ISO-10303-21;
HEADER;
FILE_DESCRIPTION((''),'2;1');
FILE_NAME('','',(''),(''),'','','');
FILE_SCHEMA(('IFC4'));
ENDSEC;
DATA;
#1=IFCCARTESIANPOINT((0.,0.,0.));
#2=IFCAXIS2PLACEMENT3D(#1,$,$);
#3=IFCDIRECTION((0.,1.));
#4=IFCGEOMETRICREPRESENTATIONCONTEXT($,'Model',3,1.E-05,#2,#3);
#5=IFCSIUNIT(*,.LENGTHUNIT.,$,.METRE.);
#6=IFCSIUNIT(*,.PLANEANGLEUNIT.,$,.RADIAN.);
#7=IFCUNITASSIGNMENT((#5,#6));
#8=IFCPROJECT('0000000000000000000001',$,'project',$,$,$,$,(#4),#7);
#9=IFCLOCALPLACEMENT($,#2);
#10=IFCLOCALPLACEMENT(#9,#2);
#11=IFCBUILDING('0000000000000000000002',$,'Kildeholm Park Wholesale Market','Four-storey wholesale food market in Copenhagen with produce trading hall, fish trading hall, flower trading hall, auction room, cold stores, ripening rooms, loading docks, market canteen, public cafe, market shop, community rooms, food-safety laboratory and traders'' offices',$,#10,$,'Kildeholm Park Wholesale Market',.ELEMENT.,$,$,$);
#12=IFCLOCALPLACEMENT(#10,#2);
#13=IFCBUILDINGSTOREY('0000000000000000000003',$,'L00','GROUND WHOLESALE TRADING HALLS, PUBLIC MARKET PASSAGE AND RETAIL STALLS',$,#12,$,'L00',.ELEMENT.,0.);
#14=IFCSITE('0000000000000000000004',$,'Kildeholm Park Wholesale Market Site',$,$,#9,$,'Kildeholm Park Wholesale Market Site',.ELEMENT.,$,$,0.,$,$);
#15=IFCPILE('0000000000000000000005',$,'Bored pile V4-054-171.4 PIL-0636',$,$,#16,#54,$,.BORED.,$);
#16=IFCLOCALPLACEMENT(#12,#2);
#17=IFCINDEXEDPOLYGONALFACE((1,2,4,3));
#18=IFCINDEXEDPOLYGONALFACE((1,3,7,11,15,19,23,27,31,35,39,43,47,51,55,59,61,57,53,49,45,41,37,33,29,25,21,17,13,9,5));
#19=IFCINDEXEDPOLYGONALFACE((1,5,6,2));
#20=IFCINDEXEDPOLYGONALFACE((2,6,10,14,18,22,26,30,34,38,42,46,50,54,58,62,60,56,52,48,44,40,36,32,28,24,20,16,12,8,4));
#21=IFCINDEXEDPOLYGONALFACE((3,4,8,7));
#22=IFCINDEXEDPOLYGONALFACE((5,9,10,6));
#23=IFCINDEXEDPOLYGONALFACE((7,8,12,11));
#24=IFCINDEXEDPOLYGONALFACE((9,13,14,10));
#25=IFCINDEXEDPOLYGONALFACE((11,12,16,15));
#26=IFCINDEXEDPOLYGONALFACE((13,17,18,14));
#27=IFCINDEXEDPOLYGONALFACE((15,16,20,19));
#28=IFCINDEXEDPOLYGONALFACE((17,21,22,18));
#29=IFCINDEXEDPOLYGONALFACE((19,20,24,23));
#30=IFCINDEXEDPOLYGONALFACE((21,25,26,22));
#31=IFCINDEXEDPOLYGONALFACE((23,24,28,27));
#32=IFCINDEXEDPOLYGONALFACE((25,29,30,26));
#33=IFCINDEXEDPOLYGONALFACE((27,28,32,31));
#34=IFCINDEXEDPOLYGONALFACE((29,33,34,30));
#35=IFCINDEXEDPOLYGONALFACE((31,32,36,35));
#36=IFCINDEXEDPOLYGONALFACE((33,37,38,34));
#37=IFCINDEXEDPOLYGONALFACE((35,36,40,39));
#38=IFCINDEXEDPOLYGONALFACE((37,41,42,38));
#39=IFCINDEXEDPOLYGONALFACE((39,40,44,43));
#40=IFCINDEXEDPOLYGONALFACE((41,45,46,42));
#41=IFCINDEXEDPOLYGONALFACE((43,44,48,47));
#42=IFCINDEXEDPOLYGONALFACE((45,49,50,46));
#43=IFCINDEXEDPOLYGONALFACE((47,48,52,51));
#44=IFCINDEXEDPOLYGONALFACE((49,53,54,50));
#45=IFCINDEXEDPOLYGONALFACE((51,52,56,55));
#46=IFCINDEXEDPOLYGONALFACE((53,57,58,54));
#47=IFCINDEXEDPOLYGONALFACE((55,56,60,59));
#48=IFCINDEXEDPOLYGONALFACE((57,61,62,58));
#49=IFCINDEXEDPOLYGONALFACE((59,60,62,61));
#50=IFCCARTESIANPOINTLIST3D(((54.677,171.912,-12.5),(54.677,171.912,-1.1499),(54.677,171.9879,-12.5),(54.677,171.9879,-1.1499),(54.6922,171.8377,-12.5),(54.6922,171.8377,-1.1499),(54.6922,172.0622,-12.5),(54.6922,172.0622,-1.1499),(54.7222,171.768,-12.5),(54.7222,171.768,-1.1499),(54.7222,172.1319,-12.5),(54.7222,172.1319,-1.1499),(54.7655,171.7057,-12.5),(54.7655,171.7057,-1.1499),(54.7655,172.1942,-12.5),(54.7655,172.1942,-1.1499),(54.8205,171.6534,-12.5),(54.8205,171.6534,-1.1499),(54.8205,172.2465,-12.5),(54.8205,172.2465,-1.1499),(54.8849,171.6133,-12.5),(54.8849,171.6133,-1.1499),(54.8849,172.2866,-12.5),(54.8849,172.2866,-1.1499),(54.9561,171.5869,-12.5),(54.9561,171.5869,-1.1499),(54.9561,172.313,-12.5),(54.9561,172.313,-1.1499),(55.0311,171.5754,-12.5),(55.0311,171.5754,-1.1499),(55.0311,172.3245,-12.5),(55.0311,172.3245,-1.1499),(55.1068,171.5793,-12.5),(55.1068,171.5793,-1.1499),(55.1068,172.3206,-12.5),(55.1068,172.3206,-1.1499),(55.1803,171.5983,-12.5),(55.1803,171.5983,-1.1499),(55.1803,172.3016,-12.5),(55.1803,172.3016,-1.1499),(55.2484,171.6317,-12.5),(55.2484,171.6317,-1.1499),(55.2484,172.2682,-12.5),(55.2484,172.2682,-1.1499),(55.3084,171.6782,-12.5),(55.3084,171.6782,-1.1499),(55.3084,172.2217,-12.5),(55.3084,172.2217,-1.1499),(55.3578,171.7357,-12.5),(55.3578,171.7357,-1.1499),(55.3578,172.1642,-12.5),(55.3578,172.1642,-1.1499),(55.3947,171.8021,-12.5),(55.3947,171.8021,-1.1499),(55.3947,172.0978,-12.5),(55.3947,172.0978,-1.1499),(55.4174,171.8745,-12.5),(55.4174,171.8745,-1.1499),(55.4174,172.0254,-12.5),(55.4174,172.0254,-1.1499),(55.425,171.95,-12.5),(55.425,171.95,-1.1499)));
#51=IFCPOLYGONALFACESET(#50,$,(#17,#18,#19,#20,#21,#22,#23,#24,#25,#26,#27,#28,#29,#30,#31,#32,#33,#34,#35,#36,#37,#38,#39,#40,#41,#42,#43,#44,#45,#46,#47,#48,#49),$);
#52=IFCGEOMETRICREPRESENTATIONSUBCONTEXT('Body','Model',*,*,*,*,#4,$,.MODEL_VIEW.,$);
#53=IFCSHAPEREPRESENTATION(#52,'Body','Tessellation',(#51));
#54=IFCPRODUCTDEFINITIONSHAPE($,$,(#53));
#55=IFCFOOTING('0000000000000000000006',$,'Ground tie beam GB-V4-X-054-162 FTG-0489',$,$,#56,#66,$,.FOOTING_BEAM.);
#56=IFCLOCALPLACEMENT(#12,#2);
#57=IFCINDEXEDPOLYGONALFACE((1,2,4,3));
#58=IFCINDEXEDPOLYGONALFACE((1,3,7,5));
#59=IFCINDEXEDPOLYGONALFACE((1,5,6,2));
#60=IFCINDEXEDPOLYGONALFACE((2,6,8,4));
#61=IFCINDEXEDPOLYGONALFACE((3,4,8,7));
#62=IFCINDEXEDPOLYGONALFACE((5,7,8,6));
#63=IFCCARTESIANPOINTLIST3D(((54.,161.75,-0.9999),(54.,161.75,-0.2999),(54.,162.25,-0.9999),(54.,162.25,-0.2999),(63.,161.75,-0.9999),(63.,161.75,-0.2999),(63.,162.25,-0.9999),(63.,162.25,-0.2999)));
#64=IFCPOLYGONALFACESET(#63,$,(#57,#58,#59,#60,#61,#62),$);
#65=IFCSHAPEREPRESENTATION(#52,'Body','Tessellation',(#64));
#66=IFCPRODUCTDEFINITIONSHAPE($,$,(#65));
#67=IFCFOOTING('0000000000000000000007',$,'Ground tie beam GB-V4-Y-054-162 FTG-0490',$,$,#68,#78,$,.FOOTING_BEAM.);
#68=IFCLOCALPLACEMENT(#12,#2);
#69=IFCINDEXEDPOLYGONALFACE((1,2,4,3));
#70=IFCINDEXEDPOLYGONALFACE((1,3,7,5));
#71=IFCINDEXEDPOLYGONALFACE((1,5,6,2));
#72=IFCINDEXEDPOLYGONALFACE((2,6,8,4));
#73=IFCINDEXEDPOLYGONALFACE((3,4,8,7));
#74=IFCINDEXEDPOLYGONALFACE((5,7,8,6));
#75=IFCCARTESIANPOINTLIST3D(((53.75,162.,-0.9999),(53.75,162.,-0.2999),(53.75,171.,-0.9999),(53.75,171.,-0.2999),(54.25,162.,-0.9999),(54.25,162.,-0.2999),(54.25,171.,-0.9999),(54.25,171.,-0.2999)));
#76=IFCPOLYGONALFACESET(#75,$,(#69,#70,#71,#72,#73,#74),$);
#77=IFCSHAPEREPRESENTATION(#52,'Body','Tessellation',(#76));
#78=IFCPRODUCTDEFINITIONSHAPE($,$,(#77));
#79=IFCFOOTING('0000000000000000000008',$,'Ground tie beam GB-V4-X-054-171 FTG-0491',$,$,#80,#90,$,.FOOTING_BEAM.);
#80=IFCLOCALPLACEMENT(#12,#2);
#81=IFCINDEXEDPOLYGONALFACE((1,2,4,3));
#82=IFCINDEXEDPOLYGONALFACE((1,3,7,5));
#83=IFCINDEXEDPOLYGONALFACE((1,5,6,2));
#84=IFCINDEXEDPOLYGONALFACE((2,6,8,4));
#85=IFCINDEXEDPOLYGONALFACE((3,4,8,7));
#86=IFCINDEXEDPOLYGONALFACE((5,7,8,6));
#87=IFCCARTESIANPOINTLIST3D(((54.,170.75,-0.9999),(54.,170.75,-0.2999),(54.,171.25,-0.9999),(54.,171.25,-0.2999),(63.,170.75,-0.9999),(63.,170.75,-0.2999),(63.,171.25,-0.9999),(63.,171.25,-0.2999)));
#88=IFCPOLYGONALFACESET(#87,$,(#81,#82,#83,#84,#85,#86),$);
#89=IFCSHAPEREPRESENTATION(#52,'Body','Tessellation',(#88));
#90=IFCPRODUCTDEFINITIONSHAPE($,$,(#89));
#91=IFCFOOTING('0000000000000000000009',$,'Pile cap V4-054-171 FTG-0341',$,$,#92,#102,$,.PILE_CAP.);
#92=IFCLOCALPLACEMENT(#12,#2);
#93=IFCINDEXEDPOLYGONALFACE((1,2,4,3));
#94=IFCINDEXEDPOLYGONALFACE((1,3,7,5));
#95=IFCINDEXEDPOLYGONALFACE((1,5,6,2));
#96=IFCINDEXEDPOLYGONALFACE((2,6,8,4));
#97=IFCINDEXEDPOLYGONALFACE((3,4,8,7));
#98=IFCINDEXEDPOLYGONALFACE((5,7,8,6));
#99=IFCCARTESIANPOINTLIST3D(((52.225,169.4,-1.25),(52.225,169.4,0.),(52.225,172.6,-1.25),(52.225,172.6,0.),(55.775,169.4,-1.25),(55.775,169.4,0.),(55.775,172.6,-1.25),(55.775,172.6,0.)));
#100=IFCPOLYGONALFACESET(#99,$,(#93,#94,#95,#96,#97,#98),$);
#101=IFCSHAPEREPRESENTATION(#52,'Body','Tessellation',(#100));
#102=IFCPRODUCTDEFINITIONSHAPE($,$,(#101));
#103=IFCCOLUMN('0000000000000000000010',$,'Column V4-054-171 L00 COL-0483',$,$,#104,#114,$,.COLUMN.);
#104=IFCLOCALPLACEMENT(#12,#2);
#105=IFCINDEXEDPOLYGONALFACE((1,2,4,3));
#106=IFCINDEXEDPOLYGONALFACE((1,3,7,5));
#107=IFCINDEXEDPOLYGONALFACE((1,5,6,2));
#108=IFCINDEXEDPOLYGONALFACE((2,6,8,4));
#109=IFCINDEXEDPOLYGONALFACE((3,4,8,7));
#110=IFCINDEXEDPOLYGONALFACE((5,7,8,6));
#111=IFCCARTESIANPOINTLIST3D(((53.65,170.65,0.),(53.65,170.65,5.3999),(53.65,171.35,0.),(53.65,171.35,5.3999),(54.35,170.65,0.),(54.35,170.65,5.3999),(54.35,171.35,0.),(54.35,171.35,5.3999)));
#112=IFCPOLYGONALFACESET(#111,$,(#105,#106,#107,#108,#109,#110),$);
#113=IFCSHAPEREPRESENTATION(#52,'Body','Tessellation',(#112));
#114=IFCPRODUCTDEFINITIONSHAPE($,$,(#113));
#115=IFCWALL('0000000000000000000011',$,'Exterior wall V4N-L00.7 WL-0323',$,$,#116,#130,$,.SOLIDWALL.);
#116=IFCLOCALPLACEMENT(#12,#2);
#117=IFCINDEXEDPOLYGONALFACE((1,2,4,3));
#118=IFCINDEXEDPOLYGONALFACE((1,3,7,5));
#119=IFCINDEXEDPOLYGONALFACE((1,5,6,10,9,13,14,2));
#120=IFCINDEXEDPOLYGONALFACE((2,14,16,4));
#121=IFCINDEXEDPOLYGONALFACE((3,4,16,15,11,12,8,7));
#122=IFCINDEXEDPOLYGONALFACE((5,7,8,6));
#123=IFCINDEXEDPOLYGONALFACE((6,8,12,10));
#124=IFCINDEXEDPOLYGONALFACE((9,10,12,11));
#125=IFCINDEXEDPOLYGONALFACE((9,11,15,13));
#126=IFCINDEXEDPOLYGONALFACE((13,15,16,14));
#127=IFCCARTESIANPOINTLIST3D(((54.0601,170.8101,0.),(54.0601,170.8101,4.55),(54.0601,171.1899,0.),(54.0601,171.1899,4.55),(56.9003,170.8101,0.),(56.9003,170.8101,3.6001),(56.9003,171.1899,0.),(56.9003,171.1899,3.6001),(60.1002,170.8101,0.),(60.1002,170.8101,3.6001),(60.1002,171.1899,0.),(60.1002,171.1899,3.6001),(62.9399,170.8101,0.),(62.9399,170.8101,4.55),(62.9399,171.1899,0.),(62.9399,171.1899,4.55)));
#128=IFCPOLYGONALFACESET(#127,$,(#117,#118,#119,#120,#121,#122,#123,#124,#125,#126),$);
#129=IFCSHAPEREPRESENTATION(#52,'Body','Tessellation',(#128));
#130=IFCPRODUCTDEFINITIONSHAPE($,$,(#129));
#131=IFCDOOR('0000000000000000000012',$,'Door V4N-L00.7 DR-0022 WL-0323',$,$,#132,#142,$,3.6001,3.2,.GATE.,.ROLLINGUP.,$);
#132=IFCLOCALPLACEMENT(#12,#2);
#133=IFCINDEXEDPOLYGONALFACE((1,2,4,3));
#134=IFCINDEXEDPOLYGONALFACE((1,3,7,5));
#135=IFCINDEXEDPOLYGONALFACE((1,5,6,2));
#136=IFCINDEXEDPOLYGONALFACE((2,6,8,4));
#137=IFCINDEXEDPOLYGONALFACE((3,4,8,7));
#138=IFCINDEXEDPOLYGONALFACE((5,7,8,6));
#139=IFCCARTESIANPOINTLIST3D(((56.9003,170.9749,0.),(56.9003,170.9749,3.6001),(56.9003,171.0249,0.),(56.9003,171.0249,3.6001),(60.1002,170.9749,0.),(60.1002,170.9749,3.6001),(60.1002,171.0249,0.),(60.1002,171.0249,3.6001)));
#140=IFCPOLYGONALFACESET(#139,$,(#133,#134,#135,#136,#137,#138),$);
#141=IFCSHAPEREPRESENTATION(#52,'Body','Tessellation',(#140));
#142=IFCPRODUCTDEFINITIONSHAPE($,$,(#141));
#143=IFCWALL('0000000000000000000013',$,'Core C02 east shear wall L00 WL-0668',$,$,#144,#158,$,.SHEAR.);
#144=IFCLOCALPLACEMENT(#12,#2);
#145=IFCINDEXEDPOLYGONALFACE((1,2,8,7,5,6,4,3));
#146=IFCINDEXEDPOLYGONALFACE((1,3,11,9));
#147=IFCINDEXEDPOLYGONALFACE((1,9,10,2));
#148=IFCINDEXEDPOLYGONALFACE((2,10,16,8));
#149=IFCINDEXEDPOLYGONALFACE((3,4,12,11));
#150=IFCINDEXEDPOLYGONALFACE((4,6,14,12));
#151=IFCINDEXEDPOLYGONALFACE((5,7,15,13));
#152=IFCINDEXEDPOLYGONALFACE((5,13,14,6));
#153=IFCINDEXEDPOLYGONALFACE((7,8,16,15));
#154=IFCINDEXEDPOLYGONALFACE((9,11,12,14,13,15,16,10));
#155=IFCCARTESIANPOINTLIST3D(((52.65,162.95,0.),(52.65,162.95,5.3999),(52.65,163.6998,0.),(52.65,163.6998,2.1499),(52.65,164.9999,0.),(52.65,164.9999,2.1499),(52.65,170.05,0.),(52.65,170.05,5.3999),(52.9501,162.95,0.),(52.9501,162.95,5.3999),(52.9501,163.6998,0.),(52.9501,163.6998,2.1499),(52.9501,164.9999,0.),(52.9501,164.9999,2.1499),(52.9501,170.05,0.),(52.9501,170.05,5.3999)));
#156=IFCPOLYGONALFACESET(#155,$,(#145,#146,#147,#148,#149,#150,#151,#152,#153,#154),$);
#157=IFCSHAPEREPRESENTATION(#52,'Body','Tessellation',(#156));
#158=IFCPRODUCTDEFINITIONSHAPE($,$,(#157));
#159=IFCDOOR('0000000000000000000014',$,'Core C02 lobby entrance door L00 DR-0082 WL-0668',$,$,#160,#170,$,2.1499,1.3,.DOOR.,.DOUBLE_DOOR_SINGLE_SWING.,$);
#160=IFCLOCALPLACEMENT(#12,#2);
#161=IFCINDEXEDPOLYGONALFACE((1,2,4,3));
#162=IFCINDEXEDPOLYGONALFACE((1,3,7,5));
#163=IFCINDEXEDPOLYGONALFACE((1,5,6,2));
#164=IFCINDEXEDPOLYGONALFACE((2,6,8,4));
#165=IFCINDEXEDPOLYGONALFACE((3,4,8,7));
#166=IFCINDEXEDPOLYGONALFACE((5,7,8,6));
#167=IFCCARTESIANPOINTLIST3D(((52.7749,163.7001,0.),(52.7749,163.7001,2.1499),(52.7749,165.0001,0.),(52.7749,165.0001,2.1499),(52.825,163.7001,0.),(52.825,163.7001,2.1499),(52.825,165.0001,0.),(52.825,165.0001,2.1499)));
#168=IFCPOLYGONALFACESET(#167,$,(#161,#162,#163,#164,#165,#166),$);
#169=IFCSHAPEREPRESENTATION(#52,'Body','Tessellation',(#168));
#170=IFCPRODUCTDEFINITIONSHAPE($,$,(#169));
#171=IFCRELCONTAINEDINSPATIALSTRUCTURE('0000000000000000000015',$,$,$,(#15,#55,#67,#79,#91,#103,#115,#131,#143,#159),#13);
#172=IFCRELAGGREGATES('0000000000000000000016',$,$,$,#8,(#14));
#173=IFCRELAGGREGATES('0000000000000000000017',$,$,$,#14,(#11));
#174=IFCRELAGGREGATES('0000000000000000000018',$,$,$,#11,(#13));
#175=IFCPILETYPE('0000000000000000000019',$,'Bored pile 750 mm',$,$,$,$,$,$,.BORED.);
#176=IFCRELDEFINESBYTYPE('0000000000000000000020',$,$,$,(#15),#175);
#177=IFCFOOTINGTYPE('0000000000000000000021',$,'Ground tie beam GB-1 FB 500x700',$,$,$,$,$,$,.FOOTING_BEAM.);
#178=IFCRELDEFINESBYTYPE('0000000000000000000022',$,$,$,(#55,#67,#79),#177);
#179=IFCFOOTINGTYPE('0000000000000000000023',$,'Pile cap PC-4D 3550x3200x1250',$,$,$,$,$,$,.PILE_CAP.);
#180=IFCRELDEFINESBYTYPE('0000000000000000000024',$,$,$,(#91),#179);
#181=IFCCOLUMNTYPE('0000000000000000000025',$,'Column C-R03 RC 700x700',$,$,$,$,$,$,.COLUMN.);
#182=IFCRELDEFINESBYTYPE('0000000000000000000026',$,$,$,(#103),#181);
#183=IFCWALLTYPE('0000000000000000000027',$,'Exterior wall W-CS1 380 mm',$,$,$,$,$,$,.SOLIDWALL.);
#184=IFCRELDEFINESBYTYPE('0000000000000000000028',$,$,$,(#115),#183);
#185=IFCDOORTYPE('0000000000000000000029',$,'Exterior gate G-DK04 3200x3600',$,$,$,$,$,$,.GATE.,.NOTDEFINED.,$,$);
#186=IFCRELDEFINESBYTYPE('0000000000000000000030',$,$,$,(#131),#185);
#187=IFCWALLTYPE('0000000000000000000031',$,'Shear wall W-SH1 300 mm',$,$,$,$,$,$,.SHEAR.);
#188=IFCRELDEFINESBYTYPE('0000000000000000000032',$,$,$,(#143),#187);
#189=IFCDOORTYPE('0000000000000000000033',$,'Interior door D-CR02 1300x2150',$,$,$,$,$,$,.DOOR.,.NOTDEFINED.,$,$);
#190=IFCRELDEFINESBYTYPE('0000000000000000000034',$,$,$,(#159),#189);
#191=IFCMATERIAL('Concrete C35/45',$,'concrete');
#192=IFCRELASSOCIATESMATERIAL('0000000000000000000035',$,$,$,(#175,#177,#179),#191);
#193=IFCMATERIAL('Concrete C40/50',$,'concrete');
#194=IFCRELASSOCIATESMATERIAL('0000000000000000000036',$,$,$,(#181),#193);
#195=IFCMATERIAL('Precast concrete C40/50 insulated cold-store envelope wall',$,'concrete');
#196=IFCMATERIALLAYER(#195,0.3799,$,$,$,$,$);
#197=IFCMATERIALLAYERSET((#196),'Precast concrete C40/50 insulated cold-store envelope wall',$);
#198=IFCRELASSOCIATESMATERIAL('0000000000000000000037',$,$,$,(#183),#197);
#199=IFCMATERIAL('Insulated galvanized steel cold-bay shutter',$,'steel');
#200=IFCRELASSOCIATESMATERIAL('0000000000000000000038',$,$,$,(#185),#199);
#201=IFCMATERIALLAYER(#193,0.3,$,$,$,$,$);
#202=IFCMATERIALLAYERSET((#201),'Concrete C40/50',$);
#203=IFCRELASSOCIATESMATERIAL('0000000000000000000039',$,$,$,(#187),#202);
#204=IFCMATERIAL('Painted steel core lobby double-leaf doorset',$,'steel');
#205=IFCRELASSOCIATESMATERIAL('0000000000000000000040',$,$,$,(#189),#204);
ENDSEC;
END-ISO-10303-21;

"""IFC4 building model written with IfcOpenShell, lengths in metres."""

from ifc_helpers import new_model, si_unit, direction, frame, frame_2d, origin, origin_2d, place, context, subcontext, project, spatial, rectangle, circle, extrude, material, layer, layer_set, material_profile, profile_set, type_object, element, fill, save


model = new_model("IFC4")

# Units and contexts
model_context = context("Model", 3, precision=1e-05, world=origin(), true_north=direction((0.0, 1.0)))
body_context = subcontext(model_context, "Body", "Model", "MODEL_VIEW")
ifc_project = project(units=[si_unit("LENGTHUNIT", "METRE"), si_unit("PLANEANGLEUNIT", "RADIAN")], contexts=[model_context])

# Site, building, storey
site_placement = place(None, origin())
site = spatial("IfcSite", under=ifc_project, at=site_placement, Name="Kildeholm Park Wholesale Market Site", LongName="Kildeholm Park Wholesale Market Site", CompositionType="ELEMENT", RefElevation=0.0)
building_placement = place(site_placement, origin())
building = spatial("IfcBuilding", under=site, at=building_placement, Name="Kildeholm Park Wholesale Market", Description="Four-storey wholesale food market in Copenhagen with produce trading hall, fish trading hall, flower trading hall, auction room, cold stores, ripening rooms, loading docks, market canteen, public cafe, market shop, community rooms, food-safety laboratory and traders' offices", LongName="Kildeholm Park Wholesale Market", CompositionType="ELEMENT")
storey_placement = place(building_placement, origin())
storey = spatial("IfcBuildingStorey", under=building, at=storey_placement, Name="L00", Description="GROUND WHOLESALE TRADING HALLS, PUBLIC MARKET PASSAGE AND RETAIL STALLS", LongName="L00", CompositionType="ELEMENT", Elevation=0.0)

# Pile
ifc_material_1 = material(Name="Concrete C35/45", Category="concrete")
ifc_material_profile_1 = material_profile(ifc_material_1, circle(Radius=0.375, at=origin_2d()), Name="PILE D750")
ifc_profile_set_1 = profile_set([ifc_material_profile_1], Name="Concrete C35/45")
pile_type = type_object("IfcPileType", Name="Bored pile 750 mm", PredefinedType="BORED", material=ifc_profile_set_1)
for number, where, z_axis, x_axis, name in (
    (1, (55.05, 171.95, -1.1499), (0.0, 0.0, -1.0), (1.0, 0.0, 0.0), "Bored pile V4-054-171.4 PIL-0636"),
):
    element("IfcPile", number, at=place(storey_placement, frame(where, z_axis=z_axis, x_axis=x_axis)), inside=storey, type_object=pile_type, Name=name, PredefinedType="BORED", context=body_context, shape_type="SweptSolid", body=[
        extrude(circle(Radius=0.375, at=origin_2d()), origin(), (0.0, 0.0, 1.0), 11.3501),
    ])

# Footings
ifc_material_profile_2 = material_profile(ifc_material_1, rectangle(XDim=0.5, YDim=0.7, at=origin_2d()), Name="FB 500x700")
ifc_profile_set_2 = profile_set([ifc_material_profile_2], Name="Concrete C35/45")
footing_type_1 = type_object("IfcFootingType", Name="Ground tie beam GB-1 FB 500x700", PredefinedType="FOOTING_BEAM", material=ifc_profile_set_2)
for number, where, z_axis, x_axis, name in (
    (2, (54.0, 162.0, -0.6499), (1.0, 0.0, 0.0), (0.0, 1.0, 0.0), "Ground tie beam GB-V4-X-054-162 FTG-0489"),
    (3, (54.0, 162.0, -0.6499), (0.0, 1.0, 0.0), (-1.0, 0.0, 0.0), "Ground tie beam GB-V4-Y-054-162 FTG-0490"),
    (4, (54.0, 171.0, -0.6499), (1.0, 0.0, 0.0), (0.0, 1.0, 0.0), "Ground tie beam GB-V4-X-054-171 FTG-0491"),
):
    element("IfcFooting", number, at=place(storey_placement, frame(where, z_axis=z_axis, x_axis=x_axis)), inside=storey, type_object=footing_type_1, Name=name, PredefinedType="FOOTING_BEAM", context=body_context, shape_type="SweptSolid", body=[
        extrude(rectangle(XDim=0.5, YDim=0.7, at=origin_2d()), origin(), (0.0, 0.0, 1.0), 9.0),
    ])
footing_type_2 = type_object("IfcFootingType", Name="Pile cap PC-4D 3550x3200x1250", PredefinedType="PILE_CAP", material=ifc_material_1)
footing_placement = place(storey_placement, frame((54.0, 171.0, -1.25), z_axis=(0.0, 0.0, 1.0), x_axis=(1.0, 0.0, 0.0)))
element("IfcFooting", 5, at=footing_placement, inside=storey, type_object=footing_type_2, Name="Pile cap V4-054-171 FTG-0341", PredefinedType="PILE_CAP", context=body_context, shape_type="SweptSolid", body=[
    extrude(rectangle(XDim=3.55, YDim=3.2, at=origin_2d()), origin(), (0.0, 0.0, 1.0), 1.25),
])

# Column
ifc_material_2 = material(Name="Concrete C40/50", Category="concrete")
ifc_material_profile_3 = material_profile(ifc_material_2, rectangle(XDim=0.7, YDim=0.7, at=origin_2d()), Name="RC 700x700")
ifc_profile_set_3 = profile_set([ifc_material_profile_3], Name="Concrete C40/50")
column_type = type_object("IfcColumnType", Name="Column C-R03 RC 700x700", PredefinedType="COLUMN", material=ifc_profile_set_3)
column_placement = place(storey_placement, frame((54.0, 171.0, 0.0), z_axis=(0.0, 0.0, 1.0), x_axis=(1.0, 0.0, 0.0)))
element("IfcColumn", 6, at=column_placement, inside=storey, type_object=column_type, Name="Column V4-054-171 L00 COL-0483", PredefinedType="COLUMN", context=body_context, shape_type="SweptSolid", body=[
    extrude(rectangle(XDim=0.7, YDim=0.7, at=origin_2d()), origin(), (0.0, 0.0, 1.0), 5.3999),
])

# Walls, openings, doors
ifc_material_3 = material(Name="Precast concrete C40/50 insulated cold-store envelope wall", Category="concrete")
ifc_layer_1 = layer(ifc_material_3, 0.3799)
ifc_layer_set_1 = layer_set([ifc_layer_1], Name="Precast concrete C40/50 insulated cold-store envelope wall")
wall_type_1 = type_object("IfcWallType", Name="Exterior wall W-CS1 380 mm", PredefinedType="SOLIDWALL", material=ifc_layer_set_1)
wall_1_placement = place(storey_placement, frame((54.0601, 171.0, 0.0), z_axis=(0.0, 0.0, 1.0), x_axis=(1.0, 0.0, 0.0)))
wall_1 = element("IfcWall", 7, at=wall_1_placement, inside=storey, type_object=wall_type_1, Name="Exterior wall V4N-L00.7 WL-0323", PredefinedType="SOLIDWALL", context=body_context, shape_type="SweptSolid", body=[
    extrude(rectangle(XDim=8.8799, YDim=0.3799, at=frame_2d((4.4399, 0.0))), origin(), (0.0, 0.0, 1.0), 4.55),
])
opening_1_placement = place(wall_1_placement, frame((2.8401, 0.0, 0.0)))
opening_1 = element("IfcOpeningElement", 8, at=opening_1_placement, cuts=wall_1, PredefinedType="OPENING", context=body_context, shape_type="SweptSolid", body=[
    extrude(rectangle(XDim=3.2, YDim=3.6001, at=frame_2d((1.6001, 1.8))), frame((0.0, 0.2, 0.0), z_axis=(0.0, -1.0, 0.0), x_axis=(1.0, 0.0, 0.0)), (0.0, 0.0, 1.0), 0.3999),
])
ifc_material_4 = material(Name="Insulated galvanized steel cold-bay shutter", Category="steel")
door_type_1 = type_object("IfcDoorType", Name="Exterior gate G-DK04 3200x3600", OperationType="NOTDEFINED", PredefinedType="GATE", material=ifc_material_4)
door_1_placement = place(opening_1_placement, origin())
door_1 = element("IfcDoor", 9, at=door_1_placement, inside=storey, type_object=door_type_1, Name="Door V4N-L00.7 DR-0022 WL-0323", OperationType="ROLLINGUP", OverallHeight=3.6001, OverallWidth=3.2, PredefinedType="GATE", context=body_context, shape_type="SweptSolid", body=[
    extrude(rectangle(XDim=3.2, YDim=3.6001, at=frame_2d((1.6001, 1.8))), frame((0.0, 0.0249, 0.0), z_axis=(0.0, -1.0, 0.0), x_axis=(1.0, 0.0, 0.0)), (0.0, 0.0, 1.0), 0.05),
])
fill(opening_1, door_1)
ifc_layer_2 = layer(ifc_material_2, 0.3)
ifc_layer_set_2 = layer_set([ifc_layer_2], Name="Concrete C40/50")
wall_type_2 = type_object("IfcWallType", Name="Shear wall W-SH1 300 mm", PredefinedType="SHEAR", material=ifc_layer_set_2)
wall_2_placement = place(storey_placement, frame((52.8, 162.95, 0.0), z_axis=(0.0, 0.0, 1.0), x_axis=(0.0, 1.0, 0.0)))
wall_2 = element("IfcWall", 10, at=wall_2_placement, inside=storey, type_object=wall_type_2, Name="Core C02 east shear wall L00 WL-0668", PredefinedType="SHEAR", context=body_context, shape_type="SweptSolid", body=[
    extrude(rectangle(XDim=7.1001, YDim=0.3, at=frame_2d((3.55, 0.0))), origin(), (0.0, 0.0, 1.0), 5.3999),
])
opening_2_placement = place(wall_2_placement, frame((0.75, 0.0, 0.0)))
opening_2 = element("IfcOpeningElement", 11, at=opening_2_placement, cuts=wall_2, PredefinedType="OPENING", context=body_context, shape_type="SweptSolid", body=[
    extrude(rectangle(XDim=1.3, YDim=2.1499, at=frame_2d((0.6499, 1.075))), frame((0.0, 0.1599, 0.0), z_axis=(0.0, -1.0, 0.0), x_axis=(1.0, 0.0, 0.0)), (0.0, 0.0, 1.0), 0.3201),
])
ifc_material_5 = material(Name="Painted steel core lobby double-leaf doorset", Category="steel")
door_type_2 = type_object("IfcDoorType", Name="Interior door D-CR02 1300x2150", OperationType="NOTDEFINED", PredefinedType="DOOR", material=ifc_material_5)
door_2_placement = place(opening_2_placement, frame((1.3, 0.0, 0.0), z_axis=(0.0, 0.0, 1.0), x_axis=(-1.0, 0.0, 0.0)))
door_2 = element("IfcDoor", 12, at=door_2_placement, inside=storey, type_object=door_type_2, Name="Core C02 lobby entrance door L00 DR-0082 WL-0668", OperationType="DOUBLE_DOOR_SINGLE_SWING", OverallHeight=2.1499, OverallWidth=1.3, PredefinedType="DOOR", context=body_context, shape_type="SweptSolid", body=[
    extrude(rectangle(XDim=1.3, YDim=2.1499, at=frame_2d((0.6499, 1.075))), frame((0.0, 0.0249, 0.0), z_axis=(0.0, -1.0, 0.0), x_axis=(1.0, 0.0, 0.0)), (0.0, 0.0, 1.0), 0.05),
])
fill(opening_2, door_2)

save(model, "model.ifc")
